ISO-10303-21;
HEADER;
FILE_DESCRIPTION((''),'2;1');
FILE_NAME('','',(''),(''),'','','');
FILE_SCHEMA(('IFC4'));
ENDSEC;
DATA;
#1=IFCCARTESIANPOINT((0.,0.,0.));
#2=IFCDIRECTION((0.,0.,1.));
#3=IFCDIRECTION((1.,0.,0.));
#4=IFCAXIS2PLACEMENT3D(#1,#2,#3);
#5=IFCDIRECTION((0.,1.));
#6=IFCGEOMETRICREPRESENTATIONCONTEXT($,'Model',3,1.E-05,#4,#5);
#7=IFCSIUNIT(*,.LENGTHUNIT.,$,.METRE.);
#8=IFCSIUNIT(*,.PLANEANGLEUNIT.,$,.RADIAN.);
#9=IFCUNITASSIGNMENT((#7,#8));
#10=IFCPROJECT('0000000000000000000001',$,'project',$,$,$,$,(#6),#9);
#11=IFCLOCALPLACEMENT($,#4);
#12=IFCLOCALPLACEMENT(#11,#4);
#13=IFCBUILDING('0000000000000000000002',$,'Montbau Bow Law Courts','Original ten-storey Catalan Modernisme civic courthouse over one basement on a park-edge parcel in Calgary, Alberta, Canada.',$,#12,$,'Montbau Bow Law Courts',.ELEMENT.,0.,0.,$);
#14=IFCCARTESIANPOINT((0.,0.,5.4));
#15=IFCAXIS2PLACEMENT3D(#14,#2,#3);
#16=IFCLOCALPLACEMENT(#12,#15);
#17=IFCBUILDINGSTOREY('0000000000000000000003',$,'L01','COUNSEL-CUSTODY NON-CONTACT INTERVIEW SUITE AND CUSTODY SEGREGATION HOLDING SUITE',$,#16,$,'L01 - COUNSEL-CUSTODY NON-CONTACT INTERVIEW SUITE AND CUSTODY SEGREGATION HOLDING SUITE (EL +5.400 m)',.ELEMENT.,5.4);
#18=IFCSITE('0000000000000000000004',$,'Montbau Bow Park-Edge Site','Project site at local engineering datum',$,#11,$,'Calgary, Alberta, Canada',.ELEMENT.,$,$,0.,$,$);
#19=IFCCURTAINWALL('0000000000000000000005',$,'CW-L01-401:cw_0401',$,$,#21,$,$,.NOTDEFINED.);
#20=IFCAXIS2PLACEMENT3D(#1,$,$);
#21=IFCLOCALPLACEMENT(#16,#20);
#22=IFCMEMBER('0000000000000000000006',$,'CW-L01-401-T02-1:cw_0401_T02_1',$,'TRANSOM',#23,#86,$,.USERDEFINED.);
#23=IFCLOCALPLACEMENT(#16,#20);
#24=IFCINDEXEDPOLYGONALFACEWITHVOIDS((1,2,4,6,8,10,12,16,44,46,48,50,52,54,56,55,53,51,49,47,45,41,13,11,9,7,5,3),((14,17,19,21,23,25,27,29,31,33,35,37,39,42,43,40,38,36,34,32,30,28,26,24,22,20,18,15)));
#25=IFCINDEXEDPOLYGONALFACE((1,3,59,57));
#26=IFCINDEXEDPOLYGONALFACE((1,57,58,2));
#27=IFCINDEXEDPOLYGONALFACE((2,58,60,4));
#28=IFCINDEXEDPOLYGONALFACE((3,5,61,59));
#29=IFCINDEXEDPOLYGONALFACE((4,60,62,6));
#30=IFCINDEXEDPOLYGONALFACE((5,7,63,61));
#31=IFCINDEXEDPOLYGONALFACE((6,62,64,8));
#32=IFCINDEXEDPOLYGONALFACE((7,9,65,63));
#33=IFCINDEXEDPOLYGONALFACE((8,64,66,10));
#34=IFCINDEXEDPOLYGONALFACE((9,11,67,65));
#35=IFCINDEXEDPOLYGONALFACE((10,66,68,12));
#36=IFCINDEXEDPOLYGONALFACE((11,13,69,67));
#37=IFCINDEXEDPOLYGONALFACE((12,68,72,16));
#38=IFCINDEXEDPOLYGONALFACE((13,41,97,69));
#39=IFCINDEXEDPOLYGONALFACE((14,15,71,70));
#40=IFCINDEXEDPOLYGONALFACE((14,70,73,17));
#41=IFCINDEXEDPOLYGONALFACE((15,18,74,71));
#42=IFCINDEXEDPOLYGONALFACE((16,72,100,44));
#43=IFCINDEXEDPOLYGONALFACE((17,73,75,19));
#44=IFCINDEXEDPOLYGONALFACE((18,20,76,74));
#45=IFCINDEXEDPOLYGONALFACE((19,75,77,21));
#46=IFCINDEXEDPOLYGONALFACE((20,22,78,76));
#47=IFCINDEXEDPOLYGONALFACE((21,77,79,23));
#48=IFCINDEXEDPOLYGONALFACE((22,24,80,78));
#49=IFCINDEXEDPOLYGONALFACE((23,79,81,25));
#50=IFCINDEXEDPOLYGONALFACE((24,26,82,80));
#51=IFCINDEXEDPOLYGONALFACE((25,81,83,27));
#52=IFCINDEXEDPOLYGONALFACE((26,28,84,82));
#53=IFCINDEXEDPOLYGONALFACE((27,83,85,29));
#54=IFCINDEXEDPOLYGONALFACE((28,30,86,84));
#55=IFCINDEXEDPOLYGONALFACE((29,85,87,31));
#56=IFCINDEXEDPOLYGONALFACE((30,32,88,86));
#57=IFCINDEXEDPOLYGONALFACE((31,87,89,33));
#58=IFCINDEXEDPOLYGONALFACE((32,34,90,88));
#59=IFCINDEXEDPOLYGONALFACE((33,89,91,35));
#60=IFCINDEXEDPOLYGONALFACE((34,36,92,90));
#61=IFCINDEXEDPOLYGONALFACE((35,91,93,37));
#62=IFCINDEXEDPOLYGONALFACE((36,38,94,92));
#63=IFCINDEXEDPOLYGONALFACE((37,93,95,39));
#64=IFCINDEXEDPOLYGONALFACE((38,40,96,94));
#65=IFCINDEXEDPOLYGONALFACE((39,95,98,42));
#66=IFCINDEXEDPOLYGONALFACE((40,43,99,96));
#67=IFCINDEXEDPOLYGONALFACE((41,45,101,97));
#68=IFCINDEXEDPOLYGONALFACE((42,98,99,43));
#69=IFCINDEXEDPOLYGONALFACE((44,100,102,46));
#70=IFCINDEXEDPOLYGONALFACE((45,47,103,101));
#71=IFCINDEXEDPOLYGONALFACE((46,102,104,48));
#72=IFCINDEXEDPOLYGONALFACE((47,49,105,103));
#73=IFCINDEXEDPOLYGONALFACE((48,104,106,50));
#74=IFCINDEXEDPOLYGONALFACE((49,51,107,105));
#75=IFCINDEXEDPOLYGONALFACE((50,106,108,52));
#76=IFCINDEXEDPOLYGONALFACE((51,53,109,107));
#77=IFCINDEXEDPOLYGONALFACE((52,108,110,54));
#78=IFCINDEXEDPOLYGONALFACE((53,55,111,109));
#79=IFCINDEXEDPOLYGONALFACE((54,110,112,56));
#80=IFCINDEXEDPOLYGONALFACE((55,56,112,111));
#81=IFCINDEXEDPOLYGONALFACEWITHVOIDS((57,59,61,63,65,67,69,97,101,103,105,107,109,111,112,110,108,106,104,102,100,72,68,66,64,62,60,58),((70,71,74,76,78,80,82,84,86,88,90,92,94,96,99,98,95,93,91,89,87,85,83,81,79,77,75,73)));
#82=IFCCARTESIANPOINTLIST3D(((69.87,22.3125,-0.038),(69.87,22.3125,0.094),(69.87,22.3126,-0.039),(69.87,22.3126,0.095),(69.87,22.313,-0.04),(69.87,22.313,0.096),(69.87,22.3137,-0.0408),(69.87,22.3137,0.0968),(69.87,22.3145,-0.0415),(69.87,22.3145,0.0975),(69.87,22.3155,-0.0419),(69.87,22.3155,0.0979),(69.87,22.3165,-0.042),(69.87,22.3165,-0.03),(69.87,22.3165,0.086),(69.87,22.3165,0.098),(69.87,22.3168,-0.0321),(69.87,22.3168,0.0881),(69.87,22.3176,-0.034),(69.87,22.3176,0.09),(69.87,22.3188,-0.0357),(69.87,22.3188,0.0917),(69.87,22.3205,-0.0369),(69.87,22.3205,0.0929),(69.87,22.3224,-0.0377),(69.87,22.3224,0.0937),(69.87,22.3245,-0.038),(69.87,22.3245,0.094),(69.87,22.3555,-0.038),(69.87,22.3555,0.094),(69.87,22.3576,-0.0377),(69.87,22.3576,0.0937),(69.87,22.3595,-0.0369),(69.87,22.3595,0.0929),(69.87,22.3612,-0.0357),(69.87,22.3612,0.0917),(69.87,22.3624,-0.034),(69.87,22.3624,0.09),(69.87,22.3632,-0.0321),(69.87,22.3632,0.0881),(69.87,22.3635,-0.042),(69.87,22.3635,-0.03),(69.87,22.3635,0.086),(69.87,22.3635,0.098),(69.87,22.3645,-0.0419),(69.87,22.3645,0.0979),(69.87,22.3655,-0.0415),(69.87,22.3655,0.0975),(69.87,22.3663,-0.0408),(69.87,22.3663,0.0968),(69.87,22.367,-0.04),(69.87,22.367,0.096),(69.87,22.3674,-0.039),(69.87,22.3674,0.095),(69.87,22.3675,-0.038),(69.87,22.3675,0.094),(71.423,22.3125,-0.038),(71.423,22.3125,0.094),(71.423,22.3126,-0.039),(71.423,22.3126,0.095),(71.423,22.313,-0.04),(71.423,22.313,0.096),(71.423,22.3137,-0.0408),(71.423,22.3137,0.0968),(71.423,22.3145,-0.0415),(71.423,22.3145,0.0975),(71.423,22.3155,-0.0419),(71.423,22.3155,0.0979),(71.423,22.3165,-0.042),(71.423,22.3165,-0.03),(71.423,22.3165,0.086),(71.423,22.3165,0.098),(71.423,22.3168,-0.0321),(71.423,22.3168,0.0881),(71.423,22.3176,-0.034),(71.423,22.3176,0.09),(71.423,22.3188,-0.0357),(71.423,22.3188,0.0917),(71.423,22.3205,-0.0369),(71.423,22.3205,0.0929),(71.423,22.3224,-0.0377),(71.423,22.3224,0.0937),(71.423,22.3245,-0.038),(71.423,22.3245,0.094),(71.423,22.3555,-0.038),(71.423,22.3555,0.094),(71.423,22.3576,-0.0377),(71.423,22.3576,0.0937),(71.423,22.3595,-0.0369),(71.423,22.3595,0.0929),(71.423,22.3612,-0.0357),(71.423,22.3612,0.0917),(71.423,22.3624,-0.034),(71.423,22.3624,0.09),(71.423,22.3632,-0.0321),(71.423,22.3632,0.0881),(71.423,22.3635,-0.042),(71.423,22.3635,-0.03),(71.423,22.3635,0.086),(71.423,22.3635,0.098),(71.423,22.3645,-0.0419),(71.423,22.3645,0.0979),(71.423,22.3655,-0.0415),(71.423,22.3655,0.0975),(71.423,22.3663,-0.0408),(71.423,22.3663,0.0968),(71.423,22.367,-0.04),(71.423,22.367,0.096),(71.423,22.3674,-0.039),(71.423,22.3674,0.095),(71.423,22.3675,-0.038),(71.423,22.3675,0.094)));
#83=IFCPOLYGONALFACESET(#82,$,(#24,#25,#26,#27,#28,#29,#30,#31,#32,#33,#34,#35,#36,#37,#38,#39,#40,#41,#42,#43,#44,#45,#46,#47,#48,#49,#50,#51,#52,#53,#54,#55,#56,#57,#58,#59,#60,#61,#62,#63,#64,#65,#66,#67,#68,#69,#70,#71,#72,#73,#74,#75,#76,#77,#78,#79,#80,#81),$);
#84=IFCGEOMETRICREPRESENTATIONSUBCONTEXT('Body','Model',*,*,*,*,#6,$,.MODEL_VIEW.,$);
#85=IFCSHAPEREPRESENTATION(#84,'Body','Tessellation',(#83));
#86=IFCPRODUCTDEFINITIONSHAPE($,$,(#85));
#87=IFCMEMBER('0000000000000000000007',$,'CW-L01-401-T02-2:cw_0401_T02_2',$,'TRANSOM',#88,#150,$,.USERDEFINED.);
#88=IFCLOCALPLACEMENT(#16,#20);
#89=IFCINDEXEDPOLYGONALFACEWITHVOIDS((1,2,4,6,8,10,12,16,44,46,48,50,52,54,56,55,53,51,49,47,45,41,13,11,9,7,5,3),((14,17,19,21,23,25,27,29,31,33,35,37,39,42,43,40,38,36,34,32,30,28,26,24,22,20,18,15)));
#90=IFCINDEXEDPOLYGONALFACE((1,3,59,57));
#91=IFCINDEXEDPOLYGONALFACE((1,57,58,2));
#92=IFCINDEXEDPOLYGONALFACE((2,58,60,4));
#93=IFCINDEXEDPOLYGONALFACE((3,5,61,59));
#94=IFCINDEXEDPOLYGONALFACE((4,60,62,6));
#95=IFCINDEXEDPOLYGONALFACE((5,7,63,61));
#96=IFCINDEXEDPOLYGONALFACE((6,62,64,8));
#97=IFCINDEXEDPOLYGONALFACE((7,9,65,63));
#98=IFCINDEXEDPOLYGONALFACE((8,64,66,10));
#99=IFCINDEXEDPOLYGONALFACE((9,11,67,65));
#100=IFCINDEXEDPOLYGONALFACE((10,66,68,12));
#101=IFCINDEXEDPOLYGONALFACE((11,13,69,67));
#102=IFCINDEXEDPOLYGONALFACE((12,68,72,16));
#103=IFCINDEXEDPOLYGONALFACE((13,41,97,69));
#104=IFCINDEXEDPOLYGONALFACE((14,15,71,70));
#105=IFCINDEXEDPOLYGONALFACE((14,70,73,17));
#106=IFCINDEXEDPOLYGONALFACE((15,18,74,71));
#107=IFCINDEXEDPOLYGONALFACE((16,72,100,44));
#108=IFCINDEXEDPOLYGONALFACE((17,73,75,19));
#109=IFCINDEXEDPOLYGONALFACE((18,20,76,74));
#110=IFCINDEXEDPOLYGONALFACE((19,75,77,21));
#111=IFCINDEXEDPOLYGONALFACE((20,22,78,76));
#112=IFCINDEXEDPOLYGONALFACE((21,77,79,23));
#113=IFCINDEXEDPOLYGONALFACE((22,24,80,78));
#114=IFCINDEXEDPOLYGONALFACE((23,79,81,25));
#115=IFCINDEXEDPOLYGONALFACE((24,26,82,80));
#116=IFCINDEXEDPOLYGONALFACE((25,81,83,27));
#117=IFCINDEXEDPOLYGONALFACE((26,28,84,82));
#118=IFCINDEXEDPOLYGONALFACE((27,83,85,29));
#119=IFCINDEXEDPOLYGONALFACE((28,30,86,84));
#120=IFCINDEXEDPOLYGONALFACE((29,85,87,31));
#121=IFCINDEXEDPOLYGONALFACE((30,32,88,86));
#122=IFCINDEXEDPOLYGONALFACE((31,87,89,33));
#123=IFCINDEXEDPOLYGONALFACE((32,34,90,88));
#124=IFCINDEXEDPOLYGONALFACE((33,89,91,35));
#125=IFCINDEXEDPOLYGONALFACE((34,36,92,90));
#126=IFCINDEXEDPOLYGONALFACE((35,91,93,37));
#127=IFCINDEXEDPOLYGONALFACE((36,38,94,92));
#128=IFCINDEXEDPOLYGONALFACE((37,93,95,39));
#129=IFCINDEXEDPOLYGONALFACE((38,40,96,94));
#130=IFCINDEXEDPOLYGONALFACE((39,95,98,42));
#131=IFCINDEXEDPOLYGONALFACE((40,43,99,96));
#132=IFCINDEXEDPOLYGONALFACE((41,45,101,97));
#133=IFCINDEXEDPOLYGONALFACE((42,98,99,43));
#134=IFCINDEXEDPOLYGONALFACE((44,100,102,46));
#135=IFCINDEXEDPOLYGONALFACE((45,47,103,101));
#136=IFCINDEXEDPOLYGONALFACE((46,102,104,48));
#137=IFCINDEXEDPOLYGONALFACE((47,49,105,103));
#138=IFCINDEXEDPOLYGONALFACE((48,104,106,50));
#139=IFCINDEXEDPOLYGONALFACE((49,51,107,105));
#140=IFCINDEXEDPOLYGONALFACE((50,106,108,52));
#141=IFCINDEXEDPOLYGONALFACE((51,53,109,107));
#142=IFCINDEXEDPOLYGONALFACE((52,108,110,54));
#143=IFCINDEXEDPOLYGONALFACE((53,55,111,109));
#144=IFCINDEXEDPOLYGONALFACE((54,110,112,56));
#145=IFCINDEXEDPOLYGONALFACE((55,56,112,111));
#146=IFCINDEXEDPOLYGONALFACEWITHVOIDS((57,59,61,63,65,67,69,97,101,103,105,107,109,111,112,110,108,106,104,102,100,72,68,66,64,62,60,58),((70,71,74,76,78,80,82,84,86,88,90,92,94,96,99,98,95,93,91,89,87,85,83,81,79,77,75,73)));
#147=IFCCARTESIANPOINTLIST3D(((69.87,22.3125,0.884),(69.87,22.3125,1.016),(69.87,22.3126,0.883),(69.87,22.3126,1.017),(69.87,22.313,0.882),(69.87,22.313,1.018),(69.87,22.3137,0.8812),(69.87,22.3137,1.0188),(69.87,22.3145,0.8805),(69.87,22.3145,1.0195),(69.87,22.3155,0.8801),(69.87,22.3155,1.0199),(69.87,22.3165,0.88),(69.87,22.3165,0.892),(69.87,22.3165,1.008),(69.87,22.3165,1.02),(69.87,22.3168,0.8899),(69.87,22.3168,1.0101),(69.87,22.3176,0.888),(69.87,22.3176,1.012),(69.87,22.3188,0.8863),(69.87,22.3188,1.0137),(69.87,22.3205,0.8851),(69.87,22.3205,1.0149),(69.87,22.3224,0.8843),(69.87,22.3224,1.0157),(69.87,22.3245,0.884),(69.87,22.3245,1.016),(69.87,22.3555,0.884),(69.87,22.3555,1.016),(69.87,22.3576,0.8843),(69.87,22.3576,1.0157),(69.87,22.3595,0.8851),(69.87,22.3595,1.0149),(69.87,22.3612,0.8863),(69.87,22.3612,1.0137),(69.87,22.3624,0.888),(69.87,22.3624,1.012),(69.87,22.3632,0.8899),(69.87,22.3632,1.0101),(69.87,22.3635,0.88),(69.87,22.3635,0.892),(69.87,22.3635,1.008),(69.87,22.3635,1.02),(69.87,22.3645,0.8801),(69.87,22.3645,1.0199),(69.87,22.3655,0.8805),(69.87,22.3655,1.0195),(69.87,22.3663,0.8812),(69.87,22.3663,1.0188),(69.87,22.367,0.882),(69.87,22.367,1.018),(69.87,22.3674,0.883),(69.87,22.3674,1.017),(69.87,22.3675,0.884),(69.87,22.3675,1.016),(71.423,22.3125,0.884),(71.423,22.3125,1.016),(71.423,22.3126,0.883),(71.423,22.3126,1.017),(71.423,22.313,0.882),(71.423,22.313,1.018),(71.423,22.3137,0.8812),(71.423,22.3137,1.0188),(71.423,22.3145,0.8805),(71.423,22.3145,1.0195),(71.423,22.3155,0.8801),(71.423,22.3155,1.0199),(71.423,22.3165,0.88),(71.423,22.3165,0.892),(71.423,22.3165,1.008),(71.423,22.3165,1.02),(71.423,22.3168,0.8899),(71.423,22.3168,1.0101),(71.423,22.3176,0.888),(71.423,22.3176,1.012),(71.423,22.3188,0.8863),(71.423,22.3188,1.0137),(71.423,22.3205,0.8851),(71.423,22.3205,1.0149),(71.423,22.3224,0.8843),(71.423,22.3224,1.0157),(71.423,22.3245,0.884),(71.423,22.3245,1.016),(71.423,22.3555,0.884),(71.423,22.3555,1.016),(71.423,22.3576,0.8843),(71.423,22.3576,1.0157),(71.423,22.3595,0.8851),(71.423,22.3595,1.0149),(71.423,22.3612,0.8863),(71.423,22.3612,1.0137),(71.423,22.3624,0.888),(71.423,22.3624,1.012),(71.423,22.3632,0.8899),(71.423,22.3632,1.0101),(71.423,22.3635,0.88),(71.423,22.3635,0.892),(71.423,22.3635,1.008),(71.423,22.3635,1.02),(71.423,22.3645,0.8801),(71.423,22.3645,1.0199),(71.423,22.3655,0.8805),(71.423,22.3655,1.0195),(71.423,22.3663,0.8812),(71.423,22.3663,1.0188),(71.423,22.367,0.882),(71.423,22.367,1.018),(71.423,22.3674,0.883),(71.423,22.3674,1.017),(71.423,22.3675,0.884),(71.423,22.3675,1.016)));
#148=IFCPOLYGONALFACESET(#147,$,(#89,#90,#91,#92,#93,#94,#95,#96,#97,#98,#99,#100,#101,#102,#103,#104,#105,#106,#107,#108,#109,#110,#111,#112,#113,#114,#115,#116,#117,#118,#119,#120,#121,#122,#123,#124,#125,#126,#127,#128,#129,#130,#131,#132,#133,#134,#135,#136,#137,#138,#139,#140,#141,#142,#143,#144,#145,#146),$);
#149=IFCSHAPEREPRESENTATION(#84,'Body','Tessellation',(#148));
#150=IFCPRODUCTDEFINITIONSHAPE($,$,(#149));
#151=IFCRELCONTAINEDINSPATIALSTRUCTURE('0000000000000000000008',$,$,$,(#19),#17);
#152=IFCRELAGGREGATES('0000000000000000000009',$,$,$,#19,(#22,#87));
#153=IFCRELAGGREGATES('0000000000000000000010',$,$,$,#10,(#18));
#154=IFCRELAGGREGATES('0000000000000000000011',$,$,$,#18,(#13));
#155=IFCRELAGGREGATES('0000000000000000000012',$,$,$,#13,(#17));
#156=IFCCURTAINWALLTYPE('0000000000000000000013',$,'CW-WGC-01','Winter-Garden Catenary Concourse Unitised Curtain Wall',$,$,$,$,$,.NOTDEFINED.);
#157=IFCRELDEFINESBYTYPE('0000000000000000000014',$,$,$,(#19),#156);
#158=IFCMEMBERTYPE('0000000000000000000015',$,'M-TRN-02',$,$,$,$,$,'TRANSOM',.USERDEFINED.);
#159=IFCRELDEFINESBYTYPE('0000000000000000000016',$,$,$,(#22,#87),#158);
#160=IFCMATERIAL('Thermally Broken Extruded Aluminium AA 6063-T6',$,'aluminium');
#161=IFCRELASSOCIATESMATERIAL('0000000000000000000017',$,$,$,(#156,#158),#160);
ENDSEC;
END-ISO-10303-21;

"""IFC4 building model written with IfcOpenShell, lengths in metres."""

from ifc_helpers import new_model, si_unit, direction, frame, origin_with_axes, origin_2d_with_axis, place, context, subcontext, project, spatial, hollow_rectangle, extrude, material, material_profile, profile_set, type_object, element, aggregate, save


model = new_model("IFC4")

# Units and contexts
model_context = context("Model", 3, precision=1e-05, world=origin_with_axes(), true_north=direction((0.0, 1.0)))
body_context = subcontext(model_context, "Body", "Model", "MODEL_VIEW")
ifc_project = project(units=[si_unit("LENGTHUNIT", "METRE"), si_unit("PLANEANGLEUNIT", "RADIAN")], contexts=[model_context])

# Site, building, storey
site_placement = place(None, origin_with_axes())
site = spatial("IfcSite", under=ifc_project, at=site_placement, Name="Montbau Bow Park-Edge Site", Description="Project site at local engineering datum", LongName="Calgary, Alberta, Canada", CompositionType="ELEMENT", RefElevation=0.0)
building_placement = place(site_placement, origin_with_axes())
building = spatial("IfcBuilding", under=site, at=building_placement, Name="Montbau Bow Law Courts", Description="Original ten-storey Catalan Modernisme civic courthouse over one basement on a park-edge parcel in Calgary, Alberta, Canada.", LongName="Montbau Bow Law Courts", CompositionType="ELEMENT", ElevationOfRefHeight=0.0, ElevationOfTerrain=0.0)
storey_placement = place(building_placement, frame((0.0, 0.0, 5.4), z_axis=(0.0, 0.0, 1.0), x_axis=(1.0, 0.0, 0.0)))
storey = spatial("IfcBuildingStorey", under=building, at=storey_placement, Name="L01", Description="COUNSEL-CUSTODY NON-CONTACT INTERVIEW SUITE AND CUSTODY SEGREGATION HOLDING SUITE", LongName="L01 - COUNSEL-CUSTODY NON-CONTACT INTERVIEW SUITE AND CUSTODY SEGREGATION HOLDING SUITE (EL +5.400 m)", CompositionType="ELEMENT", Elevation=5.4)

# Shared definitions
ifc_material_1 = material(Name="Thermally Broken Extruded Aluminium AA 6063-T6", Category="aluminium")
curtain_wall_type = type_object("IfcCurtainWallType", Name="CW-WGC-01", Description="Winter-Garden Catenary Concourse Unitised Curtain Wall", PredefinedType="NOTDEFINED", material=ifc_material_1)

# Curtain wall
curtain_wall_1_placement = place(None, frame((68.19, 22.34, 5.4), z_axis=(0.0, 0.0, 1.0), x_axis=(1.0, 0.0, 0.0)))
curtain_wall_1 = element("IfcCurtainWall", 1, at=curtain_wall_1_placement, inside=storey, type_object=curtain_wall_type, Name="CW-L01-401:cw_0401", PredefinedType="NOTDEFINED")

# Members
ifc_material_profile_1 = material_profile(ifc_material_1, hollow_rectangle(XDim=0.055, YDim=0.14, WallThickness=0.004, InnerFilletRadius=0.008, OuterFilletRadius=0.004, at=origin_2d_with_axis()), Name="CWT-140X55", Category="Main", Priority=0)
ifc_profile_set_1 = profile_set([ifc_material_profile_1], Name="Thermally Broken Extruded Aluminium AA 6063-T6")
member_type_1 = type_object("IfcMemberType", Name="M-TRN-02", ElementType="TRANSOM", PredefinedType="USERDEFINED", material=ifc_profile_set_1)
member_1_placement = place(None, frame((69.87, 22.34, 5.428), z_axis=(1.0, 0.0, 0.0), x_axis=(0.0, 1.0, 0.0)))
member_1 = element("IfcMember", 2, at=member_1_placement, type_object=member_type_1, Name="CW-L01-401-T02-1:cw_0401_T02_1", ObjectType="TRANSOM", PredefinedType="USERDEFINED", context=body_context, shape_type="SweptSolid", body=[
    extrude(hollow_rectangle(XDim=0.055, YDim=0.14, WallThickness=0.004, InnerFilletRadius=0.008, OuterFilletRadius=0.004, at=origin_2d_with_axis()), origin_with_axes(), (0.0, 0.0, 1.0), 1.553),
])
member_2_placement = place(None, frame((69.87, 22.34, 6.35), z_axis=(1.0, 0.0, 0.0), x_axis=(0.0, 1.0, 0.0)))
member_2 = element("IfcMember", 3, at=member_2_placement, type_object=member_type_1, Name="CW-L01-401-T02-2:cw_0401_T02_2", ObjectType="TRANSOM", PredefinedType="USERDEFINED", context=body_context, shape_type="SweptSolid", body=[
    extrude(hollow_rectangle(XDim=0.055, YDim=0.14, WallThickness=0.004, InnerFilletRadius=0.008, OuterFilletRadius=0.004, at=origin_2d_with_axis()), origin_with_axes(), (0.0, 0.0, 1.0), 1.553),
])

aggregate(curtain_wall_1, [member_1, member_2])

save(model, "model.ifc")
